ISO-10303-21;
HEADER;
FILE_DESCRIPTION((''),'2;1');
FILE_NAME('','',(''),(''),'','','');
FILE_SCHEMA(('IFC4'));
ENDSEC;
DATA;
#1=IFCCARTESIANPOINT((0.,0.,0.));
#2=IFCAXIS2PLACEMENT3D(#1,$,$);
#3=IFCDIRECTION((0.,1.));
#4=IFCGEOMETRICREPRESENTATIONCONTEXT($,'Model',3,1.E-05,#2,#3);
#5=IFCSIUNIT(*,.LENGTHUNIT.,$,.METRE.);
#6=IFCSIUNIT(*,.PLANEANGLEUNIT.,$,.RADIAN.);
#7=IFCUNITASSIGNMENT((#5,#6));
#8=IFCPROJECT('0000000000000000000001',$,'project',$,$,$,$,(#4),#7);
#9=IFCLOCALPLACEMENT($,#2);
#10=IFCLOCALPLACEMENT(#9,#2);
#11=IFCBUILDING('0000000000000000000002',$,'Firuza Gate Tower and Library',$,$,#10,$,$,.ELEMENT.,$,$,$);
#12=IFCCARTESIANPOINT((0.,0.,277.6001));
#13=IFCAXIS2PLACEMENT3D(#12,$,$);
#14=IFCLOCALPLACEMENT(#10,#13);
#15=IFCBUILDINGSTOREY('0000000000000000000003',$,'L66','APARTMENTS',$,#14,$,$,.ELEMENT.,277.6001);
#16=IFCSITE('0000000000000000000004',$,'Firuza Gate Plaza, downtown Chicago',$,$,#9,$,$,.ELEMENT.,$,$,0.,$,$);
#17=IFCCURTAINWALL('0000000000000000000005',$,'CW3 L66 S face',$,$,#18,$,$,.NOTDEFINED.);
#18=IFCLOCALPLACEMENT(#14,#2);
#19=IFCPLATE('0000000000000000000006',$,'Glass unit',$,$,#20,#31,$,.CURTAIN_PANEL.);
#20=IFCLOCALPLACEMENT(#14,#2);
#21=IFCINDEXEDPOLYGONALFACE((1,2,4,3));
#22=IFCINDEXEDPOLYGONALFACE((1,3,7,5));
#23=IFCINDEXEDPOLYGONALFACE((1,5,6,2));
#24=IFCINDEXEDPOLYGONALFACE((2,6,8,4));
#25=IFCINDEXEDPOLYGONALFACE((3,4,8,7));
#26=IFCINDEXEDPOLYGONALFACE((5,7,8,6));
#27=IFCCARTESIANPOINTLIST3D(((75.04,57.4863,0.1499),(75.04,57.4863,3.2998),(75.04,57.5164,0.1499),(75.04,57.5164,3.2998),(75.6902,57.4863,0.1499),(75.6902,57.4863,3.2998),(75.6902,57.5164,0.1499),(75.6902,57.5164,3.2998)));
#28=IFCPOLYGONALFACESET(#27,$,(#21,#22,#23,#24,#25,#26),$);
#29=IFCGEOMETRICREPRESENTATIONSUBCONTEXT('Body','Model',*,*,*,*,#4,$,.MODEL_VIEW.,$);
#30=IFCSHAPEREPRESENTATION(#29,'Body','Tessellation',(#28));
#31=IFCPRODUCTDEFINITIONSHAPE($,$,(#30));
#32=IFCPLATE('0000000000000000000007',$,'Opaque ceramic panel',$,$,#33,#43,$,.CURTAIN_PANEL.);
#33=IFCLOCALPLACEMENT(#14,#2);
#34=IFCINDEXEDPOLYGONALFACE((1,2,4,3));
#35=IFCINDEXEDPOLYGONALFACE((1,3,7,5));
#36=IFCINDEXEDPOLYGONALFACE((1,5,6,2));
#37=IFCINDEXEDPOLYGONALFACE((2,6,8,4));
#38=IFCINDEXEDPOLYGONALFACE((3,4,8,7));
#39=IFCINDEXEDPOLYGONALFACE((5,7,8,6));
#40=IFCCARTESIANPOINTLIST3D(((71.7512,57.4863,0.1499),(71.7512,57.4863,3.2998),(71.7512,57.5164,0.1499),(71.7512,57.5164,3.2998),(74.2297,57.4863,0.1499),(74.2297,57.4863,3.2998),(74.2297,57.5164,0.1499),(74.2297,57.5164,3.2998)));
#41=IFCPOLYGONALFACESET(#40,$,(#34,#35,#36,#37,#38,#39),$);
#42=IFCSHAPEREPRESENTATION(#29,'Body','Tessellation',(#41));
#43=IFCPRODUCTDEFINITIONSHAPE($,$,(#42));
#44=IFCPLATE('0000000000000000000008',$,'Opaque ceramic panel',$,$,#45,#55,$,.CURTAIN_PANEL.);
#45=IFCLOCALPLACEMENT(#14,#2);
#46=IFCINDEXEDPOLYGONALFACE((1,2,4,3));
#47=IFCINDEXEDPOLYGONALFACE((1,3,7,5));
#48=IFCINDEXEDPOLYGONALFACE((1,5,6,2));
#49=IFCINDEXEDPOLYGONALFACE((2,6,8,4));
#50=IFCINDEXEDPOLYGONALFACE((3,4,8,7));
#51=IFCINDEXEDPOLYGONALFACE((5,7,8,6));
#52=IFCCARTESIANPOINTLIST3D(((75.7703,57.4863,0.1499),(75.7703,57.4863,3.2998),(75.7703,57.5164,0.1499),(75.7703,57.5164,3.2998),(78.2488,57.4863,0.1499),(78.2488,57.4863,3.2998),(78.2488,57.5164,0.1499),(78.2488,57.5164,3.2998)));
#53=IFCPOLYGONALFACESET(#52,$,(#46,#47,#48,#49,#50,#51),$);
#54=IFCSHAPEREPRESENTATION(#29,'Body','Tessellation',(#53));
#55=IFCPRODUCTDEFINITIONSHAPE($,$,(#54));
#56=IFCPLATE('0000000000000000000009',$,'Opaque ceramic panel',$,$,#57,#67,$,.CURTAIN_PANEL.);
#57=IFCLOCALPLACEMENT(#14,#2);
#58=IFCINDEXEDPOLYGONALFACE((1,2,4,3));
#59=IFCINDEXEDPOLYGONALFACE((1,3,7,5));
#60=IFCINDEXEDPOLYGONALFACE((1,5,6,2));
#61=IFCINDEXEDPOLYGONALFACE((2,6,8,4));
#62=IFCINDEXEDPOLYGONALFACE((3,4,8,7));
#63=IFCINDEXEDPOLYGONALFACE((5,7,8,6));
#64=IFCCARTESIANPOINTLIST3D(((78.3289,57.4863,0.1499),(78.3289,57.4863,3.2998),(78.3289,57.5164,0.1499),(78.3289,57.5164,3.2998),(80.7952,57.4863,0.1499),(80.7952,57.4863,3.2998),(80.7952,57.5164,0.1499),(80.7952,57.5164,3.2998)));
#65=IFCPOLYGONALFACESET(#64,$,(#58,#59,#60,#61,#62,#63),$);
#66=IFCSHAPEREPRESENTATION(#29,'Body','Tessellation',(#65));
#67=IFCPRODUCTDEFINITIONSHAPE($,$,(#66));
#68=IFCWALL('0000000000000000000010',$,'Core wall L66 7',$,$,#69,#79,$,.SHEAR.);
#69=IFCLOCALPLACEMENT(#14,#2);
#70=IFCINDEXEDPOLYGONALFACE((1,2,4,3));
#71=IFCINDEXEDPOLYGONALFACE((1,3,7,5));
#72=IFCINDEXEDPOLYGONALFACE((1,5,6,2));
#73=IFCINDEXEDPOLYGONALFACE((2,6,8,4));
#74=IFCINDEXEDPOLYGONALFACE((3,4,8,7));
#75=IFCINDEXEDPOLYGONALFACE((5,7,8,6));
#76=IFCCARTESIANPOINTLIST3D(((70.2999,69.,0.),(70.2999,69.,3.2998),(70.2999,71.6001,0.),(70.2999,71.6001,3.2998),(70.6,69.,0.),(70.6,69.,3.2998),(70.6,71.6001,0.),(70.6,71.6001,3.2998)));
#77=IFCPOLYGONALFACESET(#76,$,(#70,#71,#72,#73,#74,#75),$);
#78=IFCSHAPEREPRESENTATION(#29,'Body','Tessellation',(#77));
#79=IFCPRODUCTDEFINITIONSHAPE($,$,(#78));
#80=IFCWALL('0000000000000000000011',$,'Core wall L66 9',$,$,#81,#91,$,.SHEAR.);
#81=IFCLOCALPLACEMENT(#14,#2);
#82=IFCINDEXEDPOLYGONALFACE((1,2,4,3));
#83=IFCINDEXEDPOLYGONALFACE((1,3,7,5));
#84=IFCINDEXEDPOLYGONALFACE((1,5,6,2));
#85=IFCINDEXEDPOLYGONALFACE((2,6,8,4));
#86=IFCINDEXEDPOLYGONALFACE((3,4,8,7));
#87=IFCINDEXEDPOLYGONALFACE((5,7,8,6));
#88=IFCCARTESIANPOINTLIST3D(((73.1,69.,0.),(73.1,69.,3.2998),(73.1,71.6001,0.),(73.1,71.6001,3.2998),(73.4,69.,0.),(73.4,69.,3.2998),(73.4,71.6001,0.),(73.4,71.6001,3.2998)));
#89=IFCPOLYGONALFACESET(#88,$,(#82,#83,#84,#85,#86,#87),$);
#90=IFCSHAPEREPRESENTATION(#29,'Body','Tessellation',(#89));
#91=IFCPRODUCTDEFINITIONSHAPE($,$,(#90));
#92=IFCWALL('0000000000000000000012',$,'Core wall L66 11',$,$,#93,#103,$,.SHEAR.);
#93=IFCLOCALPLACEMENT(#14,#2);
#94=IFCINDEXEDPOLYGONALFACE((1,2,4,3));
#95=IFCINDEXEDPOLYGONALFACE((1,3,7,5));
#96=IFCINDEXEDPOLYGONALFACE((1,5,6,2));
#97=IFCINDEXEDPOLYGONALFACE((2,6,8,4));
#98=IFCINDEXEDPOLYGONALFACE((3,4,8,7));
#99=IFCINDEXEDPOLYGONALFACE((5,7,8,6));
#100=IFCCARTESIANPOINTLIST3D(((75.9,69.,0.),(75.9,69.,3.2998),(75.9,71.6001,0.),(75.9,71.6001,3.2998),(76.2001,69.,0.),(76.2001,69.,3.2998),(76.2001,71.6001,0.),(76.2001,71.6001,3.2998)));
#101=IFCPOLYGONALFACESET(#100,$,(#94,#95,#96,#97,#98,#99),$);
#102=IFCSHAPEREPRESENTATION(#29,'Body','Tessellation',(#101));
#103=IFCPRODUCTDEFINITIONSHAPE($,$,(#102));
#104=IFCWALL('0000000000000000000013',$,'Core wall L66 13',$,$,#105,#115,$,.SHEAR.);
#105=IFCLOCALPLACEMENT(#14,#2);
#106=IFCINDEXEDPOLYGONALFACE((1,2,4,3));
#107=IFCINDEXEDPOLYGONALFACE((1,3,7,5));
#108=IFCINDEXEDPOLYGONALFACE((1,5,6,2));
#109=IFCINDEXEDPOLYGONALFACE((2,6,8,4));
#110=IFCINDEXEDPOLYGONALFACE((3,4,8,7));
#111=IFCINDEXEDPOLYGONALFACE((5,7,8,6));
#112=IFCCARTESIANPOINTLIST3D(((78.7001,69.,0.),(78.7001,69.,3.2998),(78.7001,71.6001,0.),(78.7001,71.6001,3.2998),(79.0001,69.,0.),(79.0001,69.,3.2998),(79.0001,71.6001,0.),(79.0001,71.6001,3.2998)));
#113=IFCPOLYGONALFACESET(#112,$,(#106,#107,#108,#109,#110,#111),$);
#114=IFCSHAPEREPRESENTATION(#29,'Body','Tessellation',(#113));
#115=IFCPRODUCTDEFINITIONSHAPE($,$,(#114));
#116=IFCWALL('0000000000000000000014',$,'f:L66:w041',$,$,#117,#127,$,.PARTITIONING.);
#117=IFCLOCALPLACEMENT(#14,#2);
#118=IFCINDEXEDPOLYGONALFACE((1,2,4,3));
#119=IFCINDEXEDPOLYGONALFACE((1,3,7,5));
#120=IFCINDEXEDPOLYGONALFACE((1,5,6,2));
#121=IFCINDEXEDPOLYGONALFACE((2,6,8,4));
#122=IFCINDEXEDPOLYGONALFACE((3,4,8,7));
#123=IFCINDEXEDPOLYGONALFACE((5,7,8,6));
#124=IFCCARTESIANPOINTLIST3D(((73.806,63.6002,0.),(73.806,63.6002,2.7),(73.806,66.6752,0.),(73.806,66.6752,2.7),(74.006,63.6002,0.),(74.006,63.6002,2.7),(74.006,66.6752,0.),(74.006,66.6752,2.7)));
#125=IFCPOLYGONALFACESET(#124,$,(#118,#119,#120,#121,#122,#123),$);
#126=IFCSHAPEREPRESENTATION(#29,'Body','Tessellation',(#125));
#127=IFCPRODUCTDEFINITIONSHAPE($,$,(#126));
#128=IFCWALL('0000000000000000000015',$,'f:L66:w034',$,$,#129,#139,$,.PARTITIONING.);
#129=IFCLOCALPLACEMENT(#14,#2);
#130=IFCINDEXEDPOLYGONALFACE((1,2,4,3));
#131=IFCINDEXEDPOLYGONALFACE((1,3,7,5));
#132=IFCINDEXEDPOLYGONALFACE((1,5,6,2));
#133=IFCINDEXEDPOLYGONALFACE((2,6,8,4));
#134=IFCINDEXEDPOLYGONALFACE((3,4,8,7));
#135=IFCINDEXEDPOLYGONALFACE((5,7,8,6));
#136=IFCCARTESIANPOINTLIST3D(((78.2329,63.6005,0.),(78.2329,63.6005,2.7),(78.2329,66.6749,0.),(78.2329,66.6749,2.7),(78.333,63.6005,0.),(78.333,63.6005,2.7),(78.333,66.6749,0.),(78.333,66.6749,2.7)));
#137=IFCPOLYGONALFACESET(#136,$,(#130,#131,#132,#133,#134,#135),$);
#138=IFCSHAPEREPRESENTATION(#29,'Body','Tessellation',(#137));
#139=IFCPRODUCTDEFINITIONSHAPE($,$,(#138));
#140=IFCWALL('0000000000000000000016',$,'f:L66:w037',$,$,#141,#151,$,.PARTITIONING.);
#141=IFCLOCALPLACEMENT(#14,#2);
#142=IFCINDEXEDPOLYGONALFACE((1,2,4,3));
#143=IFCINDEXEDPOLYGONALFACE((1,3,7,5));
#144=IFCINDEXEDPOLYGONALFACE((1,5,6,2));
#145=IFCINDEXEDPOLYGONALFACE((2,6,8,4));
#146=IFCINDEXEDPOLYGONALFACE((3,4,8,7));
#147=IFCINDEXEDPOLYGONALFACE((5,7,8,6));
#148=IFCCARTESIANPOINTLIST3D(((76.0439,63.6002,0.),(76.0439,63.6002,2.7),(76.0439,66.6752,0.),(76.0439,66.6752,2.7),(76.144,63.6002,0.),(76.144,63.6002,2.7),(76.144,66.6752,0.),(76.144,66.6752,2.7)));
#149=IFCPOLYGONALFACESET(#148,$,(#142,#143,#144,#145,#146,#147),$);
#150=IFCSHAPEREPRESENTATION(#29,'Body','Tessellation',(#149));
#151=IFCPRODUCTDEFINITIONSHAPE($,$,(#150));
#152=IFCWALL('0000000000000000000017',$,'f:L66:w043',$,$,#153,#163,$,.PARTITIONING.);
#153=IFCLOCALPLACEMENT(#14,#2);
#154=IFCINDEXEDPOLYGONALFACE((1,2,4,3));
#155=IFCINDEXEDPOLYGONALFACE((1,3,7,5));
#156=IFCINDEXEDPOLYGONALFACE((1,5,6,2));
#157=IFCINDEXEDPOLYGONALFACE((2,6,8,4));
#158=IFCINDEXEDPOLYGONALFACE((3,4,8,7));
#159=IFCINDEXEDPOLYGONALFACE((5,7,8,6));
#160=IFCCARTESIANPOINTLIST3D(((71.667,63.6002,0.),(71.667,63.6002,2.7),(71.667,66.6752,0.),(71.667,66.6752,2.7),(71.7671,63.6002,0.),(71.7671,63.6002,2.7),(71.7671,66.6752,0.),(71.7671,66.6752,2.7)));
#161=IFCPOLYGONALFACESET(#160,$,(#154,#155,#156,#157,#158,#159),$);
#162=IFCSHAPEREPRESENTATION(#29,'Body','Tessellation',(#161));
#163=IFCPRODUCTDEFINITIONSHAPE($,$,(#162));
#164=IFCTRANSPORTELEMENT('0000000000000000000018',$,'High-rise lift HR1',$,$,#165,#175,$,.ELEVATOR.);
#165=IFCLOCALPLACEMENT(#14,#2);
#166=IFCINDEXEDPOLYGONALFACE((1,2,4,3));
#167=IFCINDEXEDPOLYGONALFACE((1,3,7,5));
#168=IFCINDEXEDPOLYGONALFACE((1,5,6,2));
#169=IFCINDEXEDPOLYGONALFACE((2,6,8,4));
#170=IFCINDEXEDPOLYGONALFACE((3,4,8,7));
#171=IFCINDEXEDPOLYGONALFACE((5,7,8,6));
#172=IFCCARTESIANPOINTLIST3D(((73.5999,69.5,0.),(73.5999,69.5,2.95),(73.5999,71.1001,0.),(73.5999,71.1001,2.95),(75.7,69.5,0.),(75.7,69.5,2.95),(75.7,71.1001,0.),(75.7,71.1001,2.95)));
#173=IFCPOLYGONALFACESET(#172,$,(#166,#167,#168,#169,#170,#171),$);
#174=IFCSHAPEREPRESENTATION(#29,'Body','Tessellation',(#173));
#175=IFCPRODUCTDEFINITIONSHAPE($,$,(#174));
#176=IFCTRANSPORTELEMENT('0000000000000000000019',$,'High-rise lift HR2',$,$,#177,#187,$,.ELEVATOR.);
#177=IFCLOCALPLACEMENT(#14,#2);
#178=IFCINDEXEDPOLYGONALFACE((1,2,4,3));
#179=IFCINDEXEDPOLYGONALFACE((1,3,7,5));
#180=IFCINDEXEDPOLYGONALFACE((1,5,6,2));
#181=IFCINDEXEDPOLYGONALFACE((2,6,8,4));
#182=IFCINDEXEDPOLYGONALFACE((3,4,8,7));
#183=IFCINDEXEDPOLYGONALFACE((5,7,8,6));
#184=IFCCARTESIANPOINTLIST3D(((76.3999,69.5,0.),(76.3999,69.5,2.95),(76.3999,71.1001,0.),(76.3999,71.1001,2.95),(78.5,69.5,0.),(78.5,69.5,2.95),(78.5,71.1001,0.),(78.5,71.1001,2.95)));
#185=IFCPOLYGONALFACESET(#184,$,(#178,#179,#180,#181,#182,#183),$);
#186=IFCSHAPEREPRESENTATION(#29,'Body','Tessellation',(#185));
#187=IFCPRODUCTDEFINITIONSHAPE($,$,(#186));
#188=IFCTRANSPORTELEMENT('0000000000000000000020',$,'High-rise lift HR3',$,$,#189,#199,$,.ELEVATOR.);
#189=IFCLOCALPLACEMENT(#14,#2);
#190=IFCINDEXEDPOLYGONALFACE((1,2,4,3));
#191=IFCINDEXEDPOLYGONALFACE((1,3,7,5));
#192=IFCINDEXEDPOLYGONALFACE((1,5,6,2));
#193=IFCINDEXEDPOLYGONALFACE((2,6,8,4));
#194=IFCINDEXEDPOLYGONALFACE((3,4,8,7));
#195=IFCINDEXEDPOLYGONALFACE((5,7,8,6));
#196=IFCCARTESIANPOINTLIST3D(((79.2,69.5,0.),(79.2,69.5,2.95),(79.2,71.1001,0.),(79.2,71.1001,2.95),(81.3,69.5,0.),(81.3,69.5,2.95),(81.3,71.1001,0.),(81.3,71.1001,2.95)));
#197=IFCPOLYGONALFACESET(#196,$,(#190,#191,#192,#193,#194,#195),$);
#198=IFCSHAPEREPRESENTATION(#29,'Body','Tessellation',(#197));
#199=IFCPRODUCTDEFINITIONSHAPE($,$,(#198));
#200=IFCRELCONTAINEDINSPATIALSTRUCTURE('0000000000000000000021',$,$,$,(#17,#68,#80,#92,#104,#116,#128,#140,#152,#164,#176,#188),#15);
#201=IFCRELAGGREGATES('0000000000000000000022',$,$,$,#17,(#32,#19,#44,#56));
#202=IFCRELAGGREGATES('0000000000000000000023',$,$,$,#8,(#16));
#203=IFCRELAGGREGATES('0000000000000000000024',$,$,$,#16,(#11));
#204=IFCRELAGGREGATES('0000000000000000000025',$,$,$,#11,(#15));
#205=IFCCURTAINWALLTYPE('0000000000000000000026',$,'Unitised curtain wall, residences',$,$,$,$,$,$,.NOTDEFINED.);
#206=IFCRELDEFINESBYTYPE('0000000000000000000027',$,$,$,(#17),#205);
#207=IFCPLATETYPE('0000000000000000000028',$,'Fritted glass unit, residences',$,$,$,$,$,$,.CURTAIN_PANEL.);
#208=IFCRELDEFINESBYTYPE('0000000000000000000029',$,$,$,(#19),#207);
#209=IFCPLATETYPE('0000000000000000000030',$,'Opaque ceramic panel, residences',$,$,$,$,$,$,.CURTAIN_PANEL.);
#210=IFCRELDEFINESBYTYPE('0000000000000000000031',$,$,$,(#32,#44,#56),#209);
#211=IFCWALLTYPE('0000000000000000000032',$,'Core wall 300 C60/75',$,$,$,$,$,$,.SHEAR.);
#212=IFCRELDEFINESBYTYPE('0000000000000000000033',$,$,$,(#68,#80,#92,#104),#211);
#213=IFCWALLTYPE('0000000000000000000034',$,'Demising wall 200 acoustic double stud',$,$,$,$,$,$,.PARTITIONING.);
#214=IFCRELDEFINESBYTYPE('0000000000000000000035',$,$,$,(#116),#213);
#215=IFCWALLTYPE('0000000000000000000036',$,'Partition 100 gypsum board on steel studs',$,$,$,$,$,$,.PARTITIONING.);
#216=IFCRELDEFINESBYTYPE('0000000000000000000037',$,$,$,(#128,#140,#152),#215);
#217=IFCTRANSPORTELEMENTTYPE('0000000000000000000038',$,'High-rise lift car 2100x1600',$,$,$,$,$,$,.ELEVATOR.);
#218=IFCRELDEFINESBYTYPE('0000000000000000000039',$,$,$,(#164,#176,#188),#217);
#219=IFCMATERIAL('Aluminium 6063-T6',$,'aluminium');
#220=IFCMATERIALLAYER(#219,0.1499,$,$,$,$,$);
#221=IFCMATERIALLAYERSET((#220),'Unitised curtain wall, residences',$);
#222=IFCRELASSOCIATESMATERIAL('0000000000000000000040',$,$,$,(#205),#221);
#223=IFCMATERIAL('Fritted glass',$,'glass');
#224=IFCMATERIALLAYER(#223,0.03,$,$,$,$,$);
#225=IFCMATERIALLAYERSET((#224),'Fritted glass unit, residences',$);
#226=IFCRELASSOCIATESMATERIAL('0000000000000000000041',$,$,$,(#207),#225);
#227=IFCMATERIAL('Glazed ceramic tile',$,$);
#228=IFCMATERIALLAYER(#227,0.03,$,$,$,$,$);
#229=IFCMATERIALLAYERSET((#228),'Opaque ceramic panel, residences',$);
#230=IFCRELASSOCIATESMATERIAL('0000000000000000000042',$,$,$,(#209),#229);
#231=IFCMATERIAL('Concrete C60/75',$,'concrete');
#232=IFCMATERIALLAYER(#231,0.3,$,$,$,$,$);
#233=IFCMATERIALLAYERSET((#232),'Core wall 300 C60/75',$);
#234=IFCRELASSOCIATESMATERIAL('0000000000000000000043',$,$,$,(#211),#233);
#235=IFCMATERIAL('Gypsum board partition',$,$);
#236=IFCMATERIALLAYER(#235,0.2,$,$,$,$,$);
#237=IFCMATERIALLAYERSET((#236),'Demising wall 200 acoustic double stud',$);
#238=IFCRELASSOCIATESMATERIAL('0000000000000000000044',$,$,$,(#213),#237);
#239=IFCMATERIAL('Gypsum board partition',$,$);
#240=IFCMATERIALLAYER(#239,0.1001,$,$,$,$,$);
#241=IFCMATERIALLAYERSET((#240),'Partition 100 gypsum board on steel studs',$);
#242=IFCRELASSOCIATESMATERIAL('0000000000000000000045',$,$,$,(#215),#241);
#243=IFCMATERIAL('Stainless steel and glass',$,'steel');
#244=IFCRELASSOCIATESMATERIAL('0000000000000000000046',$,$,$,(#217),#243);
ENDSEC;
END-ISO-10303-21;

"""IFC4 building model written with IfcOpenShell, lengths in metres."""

from ifc_helpers import new_model, si_unit, direction, frame, frame_2d, origin, origin_2d, place, context, subcontext, project, spatial, polyline, rectangle, outline, extrude, material, layer, layer_set, type_object, element, aggregate, save


model = new_model("IFC4")

# Units and contexts
model_context = context("Model", 3, precision=1e-05, world=origin(), true_north=direction((0.0, 1.0)))
body_context = subcontext(model_context, "Body", "Model", "MODEL_VIEW")
ifc_project = project(units=[si_unit("LENGTHUNIT", "METRE"), si_unit("PLANEANGLEUNIT", "RADIAN")], contexts=[model_context])

# Site, building, storey
site_placement = place(None, origin())
site = spatial("IfcSite", under=ifc_project, at=site_placement, Name="Firuza Gate Plaza, downtown Chicago", CompositionType="ELEMENT", RefElevation=0.0)
building_placement = place(site_placement, origin())
building = spatial("IfcBuilding", under=site, at=building_placement, Name="Firuza Gate Tower and Library", CompositionType="ELEMENT")
storey_placement = place(building_placement, frame((0.0, 0.0, 277.6001)))
storey = spatial("IfcBuildingStorey", under=building, at=storey_placement, Name="L66", Description="APARTMENTS", CompositionType="ELEMENT", Elevation=277.6001)

# Curtain wall
ifc_material_1 = material(Name="Aluminium 6063-T6", Category="aluminium")
ifc_layer_1 = layer(ifc_material_1, 0.1499)
ifc_layer_set_1 = layer_set([ifc_layer_1], Name="Unitised curtain wall, residences")
curtain_wall_type = type_object("IfcCurtainWallType", Name="Unitised curtain wall, residences", PredefinedType="NOTDEFINED", material=ifc_layer_set_1)
curtain_wall_placement = place(storey_placement, origin())
curtain_wall = element("IfcCurtainWall", 1, at=curtain_wall_placement, inside=storey, type_object=curtain_wall_type, Name="CW3 L66 S face", PredefinedType="NOTDEFINED")

# Plates
ifc_material_2 = material(Name="Fritted glass", Category="glass")
ifc_layer_2 = layer(ifc_material_2, 0.03)
ifc_layer_set_2 = layer_set([ifc_layer_2], Name="Fritted glass unit, residences")
plate_type_1 = type_object("IfcPlateType", Name="Fritted glass unit, residences", PredefinedType="CURTAIN_PANEL", material=ifc_layer_set_2)
plate_1_placement = place(storey_placement, frame((75.04, 57.4863, 0.1499), z_axis=(0.0, -1.0, 0.0), x_axis=(1.0, 0.0, 0.0)))
plate_1 = element("IfcPlate", 2, at=plate_1_placement, type_object=plate_type_1, Name="Glass unit", PredefinedType="CURTAIN_PANEL", context=body_context, shape_type="SweptSolid", body=[
    extrude(outline(polyline([(0.0, 0.0), (0.6501, 0.0), (0.6501, 3.1499), (0.0, 3.1499), (0.0, 0.0)])), origin(), (0.0, 0.0, -1.0), 0.03),
])
ifc_material_3 = material(Name="Glazed ceramic tile")
ifc_layer_3 = layer(ifc_material_3, 0.03)
ifc_layer_set_3 = layer_set([ifc_layer_3], Name="Opaque ceramic panel, residences")
plate_type_2 = type_object("IfcPlateType", Name="Opaque ceramic panel, residences", PredefinedType="CURTAIN_PANEL", material=ifc_layer_set_3)
plate_2_placement = place(storey_placement, frame((71.7512, 57.4863, 0.1499), z_axis=(0.0, -1.0, 0.0), x_axis=(1.0, 0.0, 0.0)))
plate_2 = element("IfcPlate", 3, at=plate_2_placement, type_object=plate_type_2, Name="Opaque ceramic panel", PredefinedType="CURTAIN_PANEL", context=body_context, shape_type="SweptSolid", body=[
    extrude(outline(polyline([(0.0, 0.0), (2.4785, 0.0), (2.4785, 3.1499), (0.0, 3.1499), (0.0, 0.0)])), origin(), (0.0, 0.0, -1.0), 0.03),
])
plate_3_placement = place(storey_placement, frame((75.7703, 57.4863, 0.1499), z_axis=(0.0, -1.0, 0.0), x_axis=(1.0, 0.0, 0.0)))
plate_3 = element("IfcPlate", 4, at=plate_3_placement, type_object=plate_type_2, Name="Opaque ceramic panel", PredefinedType="CURTAIN_PANEL", context=body_context, shape_type="SweptSolid", body=[
    extrude(outline(polyline([(0.0, 0.0), (2.4785, 0.0), (2.4785, 3.1499), (0.0, 3.1499), (0.0, 0.0)])), origin(), (0.0, 0.0, -1.0), 0.03),
])
plate_4_placement = place(storey_placement, frame((78.3289, 57.4863, 0.1499), z_axis=(0.0, -1.0, 0.0), x_axis=(1.0, 0.0, 0.0)))
plate_4 = element("IfcPlate", 5, at=plate_4_placement, type_object=plate_type_2, Name="Opaque ceramic panel", PredefinedType="CURTAIN_PANEL", context=body_context, shape_type="SweptSolid", body=[
    extrude(outline(polyline([(0.0, 0.0), (2.4663, 0.0), (2.4663, 3.1499), (0.0, 3.1499), (0.0, 0.0)])), origin(), (0.0, 0.0, -1.0), 0.03),
])
aggregate(curtain_wall, [plate_2, plate_1, plate_3, plate_4])

# Walls
ifc_material_4 = material(Name="Concrete C60/75", Category="concrete")
ifc_layer_4 = layer(ifc_material_4, 0.3)
ifc_layer_set_4 = layer_set([ifc_layer_4], Name="Core wall 300 C60/75")
wall_type_1 = type_object("IfcWallType", Name="Core wall 300 C60/75", PredefinedType="SHEAR", material=ifc_layer_set_4)
for number, where, z_axis, x_axis, name in (
    (6, (70.45, 69.0, 0.0), (0.0, 0.0, 1.0), (0.0, 1.0, 0.0), "Core wall L66 7"),
    (7, (73.25, 69.0, 0.0), (0.0, 0.0, 1.0), (0.0, 1.0, 0.0), "Core wall L66 9"),
    (8, (76.05, 69.0, 0.0), (0.0, 0.0, 1.0), (0.0, 1.0, 0.0), "Core wall L66 11"),
    (9, (78.8501, 69.0, 0.0), (0.0, 0.0, 1.0), (0.0, 1.0, 0.0), "Core wall L66 13"),
):
    element("IfcWall", number, at=place(storey_placement, frame(where, z_axis=z_axis, x_axis=x_axis)), inside=storey, type_object=wall_type_1, Name=name, PredefinedType="SHEAR", context=body_context, shape_type="SweptSolid", body=[
        extrude(rectangle(XDim=2.6001, YDim=0.3, at=frame_2d((1.3, 0.0))), origin(), (0.0, 0.0, 1.0), 3.2998),
    ])
ifc_material_5 = material(Name="Gypsum board partition")
ifc_layer_5 = layer(ifc_material_5, 0.2)
ifc_layer_set_5 = layer_set([ifc_layer_5], Name="Demising wall 200 acoustic double stud")
wall_type_2 = type_object("IfcWallType", Name="Demising wall 200 acoustic double stud", PredefinedType="PARTITIONING", material=ifc_layer_set_5)
wall_1_placement = place(storey_placement, frame((73.906, 63.6001, 0.0), z_axis=(0.0, 0.0, 1.0), x_axis=(0.0, 1.0, 0.0)))
element("IfcWall", 10, at=wall_1_placement, inside=storey, type_object=wall_type_2, Name="f:L66:w041", PredefinedType="PARTITIONING", context=body_context, shape_type="SweptSolid", body=[
    extrude(rectangle(XDim=3.075, YDim=0.2, at=frame_2d((1.5376, 0.0))), origin(), (0.0, 0.0, 1.0), 2.7),
])
ifc_material_6 = material(Name="Gypsum board partition")
ifc_layer_6 = layer(ifc_material_6, 0.1001)
ifc_layer_set_6 = layer_set([ifc_layer_6], Name="Partition 100 gypsum board on steel studs")
wall_type_3 = type_object("IfcWallType", Name="Partition 100 gypsum board on steel studs", PredefinedType="PARTITIONING", material=ifc_layer_set_6)
wall_2_placement = place(storey_placement, frame((78.283, 63.6006, 0.0), z_axis=(0.0, 0.0, 1.0), x_axis=(0.0, 1.0, 0.0)))
element("IfcWall", 11, at=wall_2_placement, inside=storey, type_object=wall_type_3, Name="f:L66:w034", PredefinedType="PARTITIONING", context=body_context, shape_type="SweptSolid", body=[
    extrude(rectangle(XDim=3.0745, YDim=0.1001, at=frame_2d((1.5371, 0.0))), origin(), (0.0, 0.0, 1.0), 2.7),
])
for number, where, z_axis, x_axis, name in (
    (12, (76.094, 63.6001, 0.0), (0.0, 0.0, 1.0), (0.0, 1.0, 0.0), "f:L66:w037"),
    (13, (71.717, 63.6001, 0.0), (0.0, 0.0, 1.0), (0.0, 1.0, 0.0), "f:L66:w043"),
):
    element("IfcWall", number, at=place(storey_placement, frame(where, z_axis=z_axis, x_axis=x_axis)), inside=storey, type_object=wall_type_3, Name=name, PredefinedType="PARTITIONING", context=body_context, shape_type="SweptSolid", body=[
        extrude(rectangle(XDim=3.075, YDim=0.1001, at=frame_2d((1.5376, 0.0))), origin(), (0.0, 0.0, 1.0), 2.7),
    ])

# Transport elements
ifc_material_7 = material(Name="Stainless steel and glass", Category="steel")
transport_element_type = type_object("IfcTransportElementType", Name="High-rise lift car 2100x1600", PredefinedType="ELEVATOR", material=ifc_material_7)
for number, where, z_axis, x_axis, name in (
    (14, (74.6499, 70.3, 0.0), (0.0, 0.0, 1.0), (1.0, 0.0, 0.0), "High-rise lift HR1"),
    (15, (77.45, 70.3, 0.0), (0.0, 0.0, 1.0), (1.0, 0.0, 0.0), "High-rise lift HR2"),
    (16, (80.25, 70.3, 0.0), (0.0, 0.0, 1.0), (1.0, 0.0, 0.0), "High-rise lift HR3"),
):
    element("IfcTransportElement", number, at=place(storey_placement, frame(where, z_axis=z_axis, x_axis=x_axis)), inside=storey, type_object=transport_element_type, Name=name, PredefinedType="ELEVATOR", context=body_context, shape_type="SweptSolid", body=[
        extrude(rectangle(XDim=2.1001, YDim=1.6001, at=origin_2d()), origin(), (0.0, 0.0, 1.0), 2.95),
    ])

save(model, "model.ifc")
